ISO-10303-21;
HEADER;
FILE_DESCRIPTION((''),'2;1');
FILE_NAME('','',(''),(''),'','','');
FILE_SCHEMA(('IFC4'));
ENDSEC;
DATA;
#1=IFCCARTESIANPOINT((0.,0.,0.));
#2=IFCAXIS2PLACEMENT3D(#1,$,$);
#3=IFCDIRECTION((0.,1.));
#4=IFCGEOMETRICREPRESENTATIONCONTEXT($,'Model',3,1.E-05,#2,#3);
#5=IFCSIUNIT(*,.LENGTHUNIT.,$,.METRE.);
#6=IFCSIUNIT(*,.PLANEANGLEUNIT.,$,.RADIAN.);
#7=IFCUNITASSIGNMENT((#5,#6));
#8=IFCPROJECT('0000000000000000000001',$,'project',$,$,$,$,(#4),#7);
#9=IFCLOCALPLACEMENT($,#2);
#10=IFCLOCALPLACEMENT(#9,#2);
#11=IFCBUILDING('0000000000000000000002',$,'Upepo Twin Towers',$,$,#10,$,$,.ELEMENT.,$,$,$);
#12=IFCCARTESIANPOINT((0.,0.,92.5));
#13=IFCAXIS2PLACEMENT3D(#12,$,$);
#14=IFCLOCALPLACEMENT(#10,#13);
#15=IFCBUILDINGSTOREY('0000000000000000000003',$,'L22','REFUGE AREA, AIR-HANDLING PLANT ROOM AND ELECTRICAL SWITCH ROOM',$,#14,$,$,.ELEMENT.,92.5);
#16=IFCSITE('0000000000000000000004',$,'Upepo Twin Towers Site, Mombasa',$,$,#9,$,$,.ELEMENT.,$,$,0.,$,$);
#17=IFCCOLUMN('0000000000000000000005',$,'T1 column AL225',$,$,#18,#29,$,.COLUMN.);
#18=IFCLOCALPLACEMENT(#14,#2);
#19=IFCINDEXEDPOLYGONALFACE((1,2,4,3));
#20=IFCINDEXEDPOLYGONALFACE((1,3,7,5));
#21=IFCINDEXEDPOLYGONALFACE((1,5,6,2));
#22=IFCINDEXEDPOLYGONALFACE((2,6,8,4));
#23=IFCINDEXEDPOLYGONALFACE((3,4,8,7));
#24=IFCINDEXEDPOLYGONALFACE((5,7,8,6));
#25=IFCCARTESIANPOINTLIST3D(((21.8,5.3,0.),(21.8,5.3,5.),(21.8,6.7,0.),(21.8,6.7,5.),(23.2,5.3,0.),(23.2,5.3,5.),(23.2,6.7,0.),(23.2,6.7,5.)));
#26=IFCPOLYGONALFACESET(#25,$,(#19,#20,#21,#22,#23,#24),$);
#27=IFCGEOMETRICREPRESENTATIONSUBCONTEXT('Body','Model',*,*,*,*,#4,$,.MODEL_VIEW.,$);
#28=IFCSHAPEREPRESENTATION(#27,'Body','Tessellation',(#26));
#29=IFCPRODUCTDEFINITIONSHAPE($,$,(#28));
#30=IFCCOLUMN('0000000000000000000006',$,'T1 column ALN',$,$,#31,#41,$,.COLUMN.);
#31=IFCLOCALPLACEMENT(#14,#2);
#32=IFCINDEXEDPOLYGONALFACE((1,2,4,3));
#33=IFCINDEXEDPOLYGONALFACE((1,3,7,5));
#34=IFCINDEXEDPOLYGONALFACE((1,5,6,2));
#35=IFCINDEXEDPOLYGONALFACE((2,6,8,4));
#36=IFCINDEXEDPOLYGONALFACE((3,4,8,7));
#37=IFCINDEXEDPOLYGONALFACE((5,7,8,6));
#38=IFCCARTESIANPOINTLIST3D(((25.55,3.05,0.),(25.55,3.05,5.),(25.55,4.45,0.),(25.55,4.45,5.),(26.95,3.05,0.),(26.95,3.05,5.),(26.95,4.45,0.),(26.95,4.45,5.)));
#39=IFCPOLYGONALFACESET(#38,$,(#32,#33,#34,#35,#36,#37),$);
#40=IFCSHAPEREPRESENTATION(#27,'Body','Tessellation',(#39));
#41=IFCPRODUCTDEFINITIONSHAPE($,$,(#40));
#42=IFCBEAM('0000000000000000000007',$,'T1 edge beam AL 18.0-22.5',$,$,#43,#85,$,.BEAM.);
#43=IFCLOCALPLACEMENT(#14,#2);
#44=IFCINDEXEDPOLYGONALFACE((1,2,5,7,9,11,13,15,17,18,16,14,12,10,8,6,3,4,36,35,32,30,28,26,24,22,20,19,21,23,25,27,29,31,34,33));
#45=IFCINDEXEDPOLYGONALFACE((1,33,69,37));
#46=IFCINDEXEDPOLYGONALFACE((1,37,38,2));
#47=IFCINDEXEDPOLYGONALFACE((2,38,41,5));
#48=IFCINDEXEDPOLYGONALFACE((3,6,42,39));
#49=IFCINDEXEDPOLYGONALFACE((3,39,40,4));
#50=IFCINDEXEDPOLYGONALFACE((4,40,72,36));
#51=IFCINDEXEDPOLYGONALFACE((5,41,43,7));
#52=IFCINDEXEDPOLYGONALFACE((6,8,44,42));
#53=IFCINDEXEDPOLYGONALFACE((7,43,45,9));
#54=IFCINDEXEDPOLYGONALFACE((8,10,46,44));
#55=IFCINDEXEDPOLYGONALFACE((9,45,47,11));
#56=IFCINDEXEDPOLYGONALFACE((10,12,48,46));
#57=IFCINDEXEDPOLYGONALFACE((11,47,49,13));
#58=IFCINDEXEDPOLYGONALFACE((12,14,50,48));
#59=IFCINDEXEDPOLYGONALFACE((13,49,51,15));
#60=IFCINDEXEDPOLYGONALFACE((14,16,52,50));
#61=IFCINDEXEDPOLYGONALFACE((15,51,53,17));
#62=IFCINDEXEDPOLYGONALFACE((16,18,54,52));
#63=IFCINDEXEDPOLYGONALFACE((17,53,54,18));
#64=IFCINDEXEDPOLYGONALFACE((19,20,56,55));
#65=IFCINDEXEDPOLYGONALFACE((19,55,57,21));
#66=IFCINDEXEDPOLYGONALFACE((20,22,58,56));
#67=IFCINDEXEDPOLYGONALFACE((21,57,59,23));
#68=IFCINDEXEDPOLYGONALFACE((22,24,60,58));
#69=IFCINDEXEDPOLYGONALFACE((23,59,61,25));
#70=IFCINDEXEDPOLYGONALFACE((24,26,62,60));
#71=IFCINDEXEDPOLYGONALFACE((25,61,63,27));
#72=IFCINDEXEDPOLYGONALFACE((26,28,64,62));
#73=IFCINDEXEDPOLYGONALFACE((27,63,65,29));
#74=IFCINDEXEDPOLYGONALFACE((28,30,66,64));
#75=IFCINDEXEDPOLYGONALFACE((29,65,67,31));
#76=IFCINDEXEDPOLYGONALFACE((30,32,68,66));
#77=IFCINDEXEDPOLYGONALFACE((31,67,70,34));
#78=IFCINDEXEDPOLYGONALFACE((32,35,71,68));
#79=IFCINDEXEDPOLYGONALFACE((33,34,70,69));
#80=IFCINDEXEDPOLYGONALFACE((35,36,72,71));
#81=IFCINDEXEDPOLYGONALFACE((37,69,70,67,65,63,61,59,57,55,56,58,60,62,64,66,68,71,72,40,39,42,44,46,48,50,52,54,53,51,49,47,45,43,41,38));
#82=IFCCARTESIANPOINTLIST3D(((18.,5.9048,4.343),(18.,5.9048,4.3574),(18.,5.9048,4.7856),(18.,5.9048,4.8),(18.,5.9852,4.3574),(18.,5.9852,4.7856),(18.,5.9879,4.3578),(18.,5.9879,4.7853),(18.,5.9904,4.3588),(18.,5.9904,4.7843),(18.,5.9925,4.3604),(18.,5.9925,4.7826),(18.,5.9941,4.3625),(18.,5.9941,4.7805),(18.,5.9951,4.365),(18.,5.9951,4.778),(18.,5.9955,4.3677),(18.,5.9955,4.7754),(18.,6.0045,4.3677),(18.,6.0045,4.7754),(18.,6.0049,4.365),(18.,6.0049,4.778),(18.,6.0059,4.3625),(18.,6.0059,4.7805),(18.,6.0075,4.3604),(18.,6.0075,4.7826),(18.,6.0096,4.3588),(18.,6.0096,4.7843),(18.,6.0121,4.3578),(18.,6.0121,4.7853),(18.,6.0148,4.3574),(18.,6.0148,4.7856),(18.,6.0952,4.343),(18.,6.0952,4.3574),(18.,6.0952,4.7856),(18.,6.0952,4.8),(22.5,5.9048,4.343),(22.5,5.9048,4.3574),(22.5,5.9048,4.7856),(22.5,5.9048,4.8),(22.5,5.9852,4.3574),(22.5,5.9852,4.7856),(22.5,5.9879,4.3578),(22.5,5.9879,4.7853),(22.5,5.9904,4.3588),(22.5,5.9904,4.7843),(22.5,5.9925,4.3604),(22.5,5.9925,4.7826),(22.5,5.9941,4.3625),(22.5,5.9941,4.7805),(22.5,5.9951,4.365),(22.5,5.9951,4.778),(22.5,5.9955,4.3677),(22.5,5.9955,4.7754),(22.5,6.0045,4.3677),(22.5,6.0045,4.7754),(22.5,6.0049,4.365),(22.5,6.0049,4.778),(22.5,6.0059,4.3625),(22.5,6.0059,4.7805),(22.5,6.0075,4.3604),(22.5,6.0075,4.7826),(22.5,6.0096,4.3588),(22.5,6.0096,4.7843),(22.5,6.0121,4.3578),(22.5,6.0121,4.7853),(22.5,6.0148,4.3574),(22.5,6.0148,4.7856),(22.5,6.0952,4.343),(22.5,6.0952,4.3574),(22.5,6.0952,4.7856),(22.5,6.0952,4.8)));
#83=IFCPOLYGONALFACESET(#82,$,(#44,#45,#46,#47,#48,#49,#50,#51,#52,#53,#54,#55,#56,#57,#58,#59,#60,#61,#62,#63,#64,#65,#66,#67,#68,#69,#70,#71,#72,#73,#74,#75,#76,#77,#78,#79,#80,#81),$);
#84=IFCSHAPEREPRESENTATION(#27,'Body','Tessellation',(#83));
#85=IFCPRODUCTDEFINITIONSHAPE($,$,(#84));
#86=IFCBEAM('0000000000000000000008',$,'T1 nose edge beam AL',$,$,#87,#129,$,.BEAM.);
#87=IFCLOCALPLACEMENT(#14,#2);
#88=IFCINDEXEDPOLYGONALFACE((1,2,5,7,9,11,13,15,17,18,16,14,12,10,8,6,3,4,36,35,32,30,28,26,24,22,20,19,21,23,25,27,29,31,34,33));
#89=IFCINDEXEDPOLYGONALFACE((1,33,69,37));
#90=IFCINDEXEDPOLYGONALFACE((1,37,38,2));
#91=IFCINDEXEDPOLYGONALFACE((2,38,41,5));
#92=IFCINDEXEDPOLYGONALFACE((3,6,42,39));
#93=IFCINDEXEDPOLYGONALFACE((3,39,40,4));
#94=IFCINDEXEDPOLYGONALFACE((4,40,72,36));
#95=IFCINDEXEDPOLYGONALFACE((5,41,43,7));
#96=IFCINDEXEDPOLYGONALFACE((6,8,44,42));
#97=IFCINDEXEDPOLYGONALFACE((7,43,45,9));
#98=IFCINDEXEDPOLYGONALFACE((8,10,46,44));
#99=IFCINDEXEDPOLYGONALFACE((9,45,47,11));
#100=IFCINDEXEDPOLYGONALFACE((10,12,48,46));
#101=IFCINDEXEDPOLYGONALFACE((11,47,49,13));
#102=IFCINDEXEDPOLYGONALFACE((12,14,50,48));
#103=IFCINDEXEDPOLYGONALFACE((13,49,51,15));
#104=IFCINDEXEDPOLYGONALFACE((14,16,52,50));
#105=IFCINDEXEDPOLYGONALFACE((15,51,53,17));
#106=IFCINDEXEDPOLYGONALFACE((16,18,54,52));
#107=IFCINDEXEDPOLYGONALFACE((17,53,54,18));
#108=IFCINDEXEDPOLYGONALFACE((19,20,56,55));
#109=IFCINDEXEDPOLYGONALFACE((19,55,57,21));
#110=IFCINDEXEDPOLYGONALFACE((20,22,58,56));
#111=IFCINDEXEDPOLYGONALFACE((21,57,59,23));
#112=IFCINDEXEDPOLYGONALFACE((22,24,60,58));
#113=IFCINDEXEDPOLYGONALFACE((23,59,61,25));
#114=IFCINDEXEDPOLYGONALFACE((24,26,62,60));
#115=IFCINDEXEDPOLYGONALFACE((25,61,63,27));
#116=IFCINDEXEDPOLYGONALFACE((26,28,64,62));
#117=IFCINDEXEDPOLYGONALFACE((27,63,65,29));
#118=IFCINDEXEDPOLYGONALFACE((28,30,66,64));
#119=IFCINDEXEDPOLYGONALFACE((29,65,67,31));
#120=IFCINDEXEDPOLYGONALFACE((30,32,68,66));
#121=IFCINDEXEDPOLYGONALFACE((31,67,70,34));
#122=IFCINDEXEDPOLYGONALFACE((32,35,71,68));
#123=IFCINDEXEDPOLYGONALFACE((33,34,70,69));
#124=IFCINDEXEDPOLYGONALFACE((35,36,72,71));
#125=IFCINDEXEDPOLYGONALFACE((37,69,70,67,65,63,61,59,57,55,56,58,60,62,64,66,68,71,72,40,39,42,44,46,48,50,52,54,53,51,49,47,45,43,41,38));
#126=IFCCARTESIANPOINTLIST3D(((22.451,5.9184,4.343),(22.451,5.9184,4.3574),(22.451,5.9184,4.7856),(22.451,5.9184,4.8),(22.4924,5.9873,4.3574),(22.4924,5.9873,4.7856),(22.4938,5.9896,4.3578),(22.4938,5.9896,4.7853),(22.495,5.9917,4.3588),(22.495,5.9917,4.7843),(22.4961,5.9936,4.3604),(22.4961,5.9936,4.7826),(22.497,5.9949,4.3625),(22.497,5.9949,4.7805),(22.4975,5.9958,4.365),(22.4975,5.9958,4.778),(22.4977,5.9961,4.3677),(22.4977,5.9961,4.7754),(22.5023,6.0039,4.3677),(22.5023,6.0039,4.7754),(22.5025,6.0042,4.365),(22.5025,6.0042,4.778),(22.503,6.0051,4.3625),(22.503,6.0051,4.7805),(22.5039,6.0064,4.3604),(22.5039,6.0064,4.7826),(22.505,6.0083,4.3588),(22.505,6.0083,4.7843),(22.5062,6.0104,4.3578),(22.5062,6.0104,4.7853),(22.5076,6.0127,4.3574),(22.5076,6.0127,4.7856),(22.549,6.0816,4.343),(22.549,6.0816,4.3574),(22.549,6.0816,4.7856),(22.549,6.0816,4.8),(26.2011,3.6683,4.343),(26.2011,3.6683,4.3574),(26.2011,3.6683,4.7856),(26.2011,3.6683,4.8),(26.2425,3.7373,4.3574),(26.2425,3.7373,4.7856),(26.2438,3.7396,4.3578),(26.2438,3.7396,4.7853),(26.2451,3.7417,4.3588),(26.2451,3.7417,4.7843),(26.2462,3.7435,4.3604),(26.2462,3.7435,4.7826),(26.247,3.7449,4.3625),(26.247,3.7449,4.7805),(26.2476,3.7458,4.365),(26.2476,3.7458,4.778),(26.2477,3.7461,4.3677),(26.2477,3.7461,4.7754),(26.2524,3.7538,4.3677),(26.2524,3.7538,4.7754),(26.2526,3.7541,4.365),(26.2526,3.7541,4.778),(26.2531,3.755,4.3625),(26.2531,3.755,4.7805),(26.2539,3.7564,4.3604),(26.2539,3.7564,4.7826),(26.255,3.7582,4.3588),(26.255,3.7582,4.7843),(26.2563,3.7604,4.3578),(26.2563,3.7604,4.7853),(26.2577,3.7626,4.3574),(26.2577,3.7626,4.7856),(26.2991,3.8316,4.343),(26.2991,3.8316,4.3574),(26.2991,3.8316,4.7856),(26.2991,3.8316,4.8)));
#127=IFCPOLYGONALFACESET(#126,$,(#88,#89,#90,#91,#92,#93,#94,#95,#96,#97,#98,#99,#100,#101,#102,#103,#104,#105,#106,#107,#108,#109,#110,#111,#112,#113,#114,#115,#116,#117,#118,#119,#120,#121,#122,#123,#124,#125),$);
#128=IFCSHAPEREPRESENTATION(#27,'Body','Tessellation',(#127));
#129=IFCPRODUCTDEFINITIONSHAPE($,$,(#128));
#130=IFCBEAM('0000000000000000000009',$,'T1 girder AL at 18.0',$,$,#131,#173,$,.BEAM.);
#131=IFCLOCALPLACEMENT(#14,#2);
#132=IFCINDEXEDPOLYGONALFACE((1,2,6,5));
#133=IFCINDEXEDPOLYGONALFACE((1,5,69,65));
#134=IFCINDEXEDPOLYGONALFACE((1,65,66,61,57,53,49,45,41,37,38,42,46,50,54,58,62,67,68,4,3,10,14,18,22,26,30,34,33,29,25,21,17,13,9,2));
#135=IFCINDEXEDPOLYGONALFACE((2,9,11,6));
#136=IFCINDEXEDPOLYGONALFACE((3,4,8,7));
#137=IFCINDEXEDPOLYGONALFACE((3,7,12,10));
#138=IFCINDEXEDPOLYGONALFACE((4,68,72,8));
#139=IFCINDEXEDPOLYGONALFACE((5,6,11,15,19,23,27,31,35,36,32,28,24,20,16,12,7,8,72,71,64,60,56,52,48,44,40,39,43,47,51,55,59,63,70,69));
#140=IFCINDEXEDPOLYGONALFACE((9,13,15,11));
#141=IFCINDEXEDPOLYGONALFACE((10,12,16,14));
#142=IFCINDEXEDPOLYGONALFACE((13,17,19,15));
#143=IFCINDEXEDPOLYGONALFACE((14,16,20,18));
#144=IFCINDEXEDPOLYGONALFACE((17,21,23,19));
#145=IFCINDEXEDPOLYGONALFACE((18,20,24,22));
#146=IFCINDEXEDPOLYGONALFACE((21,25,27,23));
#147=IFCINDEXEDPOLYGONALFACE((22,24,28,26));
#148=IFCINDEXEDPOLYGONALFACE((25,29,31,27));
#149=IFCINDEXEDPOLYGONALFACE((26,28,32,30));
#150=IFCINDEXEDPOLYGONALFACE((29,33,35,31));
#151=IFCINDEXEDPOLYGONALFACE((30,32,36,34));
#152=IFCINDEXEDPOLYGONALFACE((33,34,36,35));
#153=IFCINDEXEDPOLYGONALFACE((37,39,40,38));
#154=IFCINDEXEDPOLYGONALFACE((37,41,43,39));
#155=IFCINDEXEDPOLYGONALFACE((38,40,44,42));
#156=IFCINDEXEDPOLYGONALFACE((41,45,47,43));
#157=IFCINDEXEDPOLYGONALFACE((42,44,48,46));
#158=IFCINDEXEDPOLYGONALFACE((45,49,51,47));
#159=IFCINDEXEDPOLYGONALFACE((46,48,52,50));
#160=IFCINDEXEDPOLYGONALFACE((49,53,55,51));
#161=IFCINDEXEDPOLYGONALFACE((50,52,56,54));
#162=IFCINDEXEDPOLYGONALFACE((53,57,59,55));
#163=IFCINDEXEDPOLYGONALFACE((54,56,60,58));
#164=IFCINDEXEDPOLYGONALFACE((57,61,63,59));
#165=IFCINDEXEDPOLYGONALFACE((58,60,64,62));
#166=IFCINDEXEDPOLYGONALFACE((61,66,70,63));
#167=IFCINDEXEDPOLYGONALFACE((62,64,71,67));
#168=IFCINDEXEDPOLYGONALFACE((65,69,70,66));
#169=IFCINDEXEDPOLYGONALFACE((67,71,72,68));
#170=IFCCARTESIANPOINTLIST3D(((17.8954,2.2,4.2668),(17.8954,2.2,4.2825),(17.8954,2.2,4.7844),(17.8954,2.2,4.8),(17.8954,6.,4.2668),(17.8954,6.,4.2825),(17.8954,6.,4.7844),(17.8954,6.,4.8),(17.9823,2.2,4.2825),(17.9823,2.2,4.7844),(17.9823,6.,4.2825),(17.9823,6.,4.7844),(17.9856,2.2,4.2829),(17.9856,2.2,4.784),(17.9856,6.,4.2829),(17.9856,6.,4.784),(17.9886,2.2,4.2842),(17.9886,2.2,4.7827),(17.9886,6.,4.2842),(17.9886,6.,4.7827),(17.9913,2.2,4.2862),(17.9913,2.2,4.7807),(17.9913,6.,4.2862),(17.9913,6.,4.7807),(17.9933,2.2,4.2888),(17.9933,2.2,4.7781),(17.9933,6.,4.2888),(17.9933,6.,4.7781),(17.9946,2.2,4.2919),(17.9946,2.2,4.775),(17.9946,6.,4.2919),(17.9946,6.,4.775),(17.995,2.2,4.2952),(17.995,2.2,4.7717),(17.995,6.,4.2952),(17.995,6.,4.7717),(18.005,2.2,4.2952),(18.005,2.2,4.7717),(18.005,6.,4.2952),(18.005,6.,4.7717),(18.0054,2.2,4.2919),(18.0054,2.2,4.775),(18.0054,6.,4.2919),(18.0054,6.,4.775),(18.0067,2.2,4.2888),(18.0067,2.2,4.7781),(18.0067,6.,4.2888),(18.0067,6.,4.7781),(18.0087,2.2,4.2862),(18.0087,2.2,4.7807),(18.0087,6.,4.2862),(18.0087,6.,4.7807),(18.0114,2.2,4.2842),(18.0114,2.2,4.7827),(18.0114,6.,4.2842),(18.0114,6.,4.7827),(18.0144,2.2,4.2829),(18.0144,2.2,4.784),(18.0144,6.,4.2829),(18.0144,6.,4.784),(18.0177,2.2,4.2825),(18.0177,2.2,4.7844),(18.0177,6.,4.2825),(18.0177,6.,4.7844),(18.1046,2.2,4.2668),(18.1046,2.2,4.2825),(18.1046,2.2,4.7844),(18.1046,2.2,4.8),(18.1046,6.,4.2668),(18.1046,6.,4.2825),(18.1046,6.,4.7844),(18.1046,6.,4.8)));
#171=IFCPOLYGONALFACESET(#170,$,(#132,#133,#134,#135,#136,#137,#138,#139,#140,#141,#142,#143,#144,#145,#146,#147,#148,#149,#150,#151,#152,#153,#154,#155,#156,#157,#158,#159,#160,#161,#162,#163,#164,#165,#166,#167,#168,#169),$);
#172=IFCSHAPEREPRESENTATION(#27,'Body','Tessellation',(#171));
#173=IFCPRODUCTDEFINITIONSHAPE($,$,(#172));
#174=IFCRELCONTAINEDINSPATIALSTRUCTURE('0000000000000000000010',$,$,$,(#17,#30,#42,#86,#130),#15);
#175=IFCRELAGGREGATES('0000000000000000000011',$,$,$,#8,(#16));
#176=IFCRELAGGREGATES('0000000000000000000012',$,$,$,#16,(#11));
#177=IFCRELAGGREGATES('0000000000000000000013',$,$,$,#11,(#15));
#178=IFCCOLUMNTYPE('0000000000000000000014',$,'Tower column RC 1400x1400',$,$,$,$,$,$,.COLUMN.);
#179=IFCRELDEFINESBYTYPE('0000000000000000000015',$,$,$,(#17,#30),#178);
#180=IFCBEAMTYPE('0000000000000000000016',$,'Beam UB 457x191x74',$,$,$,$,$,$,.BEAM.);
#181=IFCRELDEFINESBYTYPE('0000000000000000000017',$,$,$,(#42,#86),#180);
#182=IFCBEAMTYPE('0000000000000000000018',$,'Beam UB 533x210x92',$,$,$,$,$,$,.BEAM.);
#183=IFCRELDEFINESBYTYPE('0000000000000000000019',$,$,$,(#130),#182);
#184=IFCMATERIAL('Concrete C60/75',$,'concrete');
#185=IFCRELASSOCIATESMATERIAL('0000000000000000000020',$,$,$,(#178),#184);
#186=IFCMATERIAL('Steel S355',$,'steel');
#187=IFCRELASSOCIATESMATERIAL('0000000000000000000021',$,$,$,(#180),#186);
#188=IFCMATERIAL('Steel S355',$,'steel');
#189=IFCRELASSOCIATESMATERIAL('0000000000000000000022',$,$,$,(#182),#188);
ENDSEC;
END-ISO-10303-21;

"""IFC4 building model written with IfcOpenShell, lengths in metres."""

from ifc_helpers import new_model, si_unit, direction, frame, origin, origin_2d, place, context, subcontext, project, spatial, rectangle, i_section, extrude, material, material_profile, profile_set, type_object, element, save


model = new_model("IFC4")

# Units and contexts
model_context = context("Model", 3, precision=1e-05, world=origin(), true_north=direction((0.0, 1.0)))
body_context = subcontext(model_context, "Body", "Model", "MODEL_VIEW")
ifc_project = project(units=[si_unit("LENGTHUNIT", "METRE"), si_unit("PLANEANGLEUNIT", "RADIAN")], contexts=[model_context])

# Site, building, storey
site_placement = place(None, origin())
site = spatial("IfcSite", under=ifc_project, at=site_placement, Name="Upepo Twin Towers Site, Mombasa", CompositionType="ELEMENT", RefElevation=0.0)
building_placement = place(site_placement, origin())
building = spatial("IfcBuilding", under=site, at=building_placement, Name="Upepo Twin Towers", CompositionType="ELEMENT")
storey_placement = place(building_placement, frame((0.0, 0.0, 92.5)))
storey = spatial("IfcBuildingStorey", under=building, at=storey_placement, Name="L22", Description="REFUGE AREA, AIR-HANDLING PLANT ROOM AND ELECTRICAL SWITCH ROOM", CompositionType="ELEMENT", Elevation=92.5)

# Columns
ifc_material_1 = material(Name="Concrete C60/75", Category="concrete")
ifc_material_profile_1 = material_profile(ifc_material_1, rectangle(XDim=1.3999, YDim=1.3999, at=origin_2d()), Name="RC 1400x1400")
ifc_profile_set_1 = profile_set([ifc_material_profile_1], Name="Concrete C60/75")
column_type = type_object("IfcColumnType", Name="Tower column RC 1400x1400", PredefinedType="COLUMN", material=ifc_profile_set_1)
for number, where, z_axis, x_axis, name in (
    (1, (22.5, 6.0, 0.0), (0.0, 0.0, 1.0), (1.0, 0.0, 0.0), "T1 column AL225"),
    (2, (26.25, 3.75, 0.0), (0.0, 0.0, 1.0), (1.0, 0.0, 0.0), "T1 column ALN"),
):
    element("IfcColumn", number, at=place(storey_placement, frame(where, z_axis=z_axis, x_axis=x_axis)), inside=storey, type_object=column_type, Name=name, PredefinedType="COLUMN", context=body_context, shape_type="SweptSolid", body=[
        extrude(rectangle(XDim=1.3999, YDim=1.3999, at=origin_2d()), origin(), (0.0, 0.0, 1.0), 5.0),
    ])

# Beams
ifc_material_2 = material(Name="Steel S355", Category="steel")
ifc_material_profile_2 = material_profile(ifc_material_2, i_section(OverallWidth=0.1904, OverallDepth=0.457, WebThickness=0.009, FlangeThickness=0.0144, FilletRadius=0.0103, at=origin_2d()), Name="UB 457x191x74")
ifc_profile_set_2 = profile_set([ifc_material_profile_2], Name="Steel S355")
beam_type_1 = type_object("IfcBeamType", Name="Beam UB 457x191x74", PredefinedType="BEAM", material=ifc_profile_set_2)
beam_1_placement = place(storey_placement, frame((18.0, 6.0, 4.5715), z_axis=(1.0, 0.0, 0.0), x_axis=(0.0, 1.0, 0.0)))
element("IfcBeam", 3, at=beam_1_placement, inside=storey, type_object=beam_type_1, Name="T1 edge beam AL 18.0-22.5", PredefinedType="BEAM", context=body_context, shape_type="SweptSolid", body=[
    extrude(i_section(OverallWidth=0.1904, OverallDepth=0.457, WebThickness=0.009, FlangeThickness=0.0144, FilletRadius=0.0103, at=origin_2d()), origin(), (0.0, 0.0, 1.0), 4.5),
])
beam_2_placement = place(storey_placement, frame((22.5, 6.0, 4.5715), z_axis=(0.857493, -0.514496, 0.0), x_axis=(0.514496, 0.857493, 0.0)))
element("IfcBeam", 4, at=beam_2_placement, inside=storey, type_object=beam_type_1, Name="T1 nose edge beam AL", PredefinedType="BEAM", context=body_context, shape_type="SweptSolid", body=[
    extrude(i_section(OverallWidth=0.1904, OverallDepth=0.457, WebThickness=0.009, FlangeThickness=0.0144, FilletRadius=0.0103, at=origin_2d()), origin(), (0.0, 0.0, 1.0), 4.3733),
])
ifc_material_3 = material(Name="Steel S355", Category="steel")
ifc_material_profile_3 = material_profile(ifc_material_3, i_section(OverallWidth=0.2092, OverallDepth=0.5332, WebThickness=0.01, FlangeThickness=0.0156, FilletRadius=0.0127, at=origin_2d()), Name="UB 533x210x92")
ifc_profile_set_3 = profile_set([ifc_material_profile_3], Name="Steel S355")
beam_type_2 = type_object("IfcBeamType", Name="Beam UB 533x210x92", PredefinedType="BEAM", material=ifc_profile_set_3)
for number, where, z_axis, x_axis, name in (
    (5, (18.0, 6.0, 4.5334), (0.0, -1.0, 0.0), (1.0, 0.0, 0.0), "T1 girder AL at 18.0"),
):
    element("IfcBeam", number, at=place(storey_placement, frame(where, z_axis=z_axis, x_axis=x_axis)), inside=storey, type_object=beam_type_2, Name=name, PredefinedType="BEAM", context=body_context, shape_type="SweptSolid", body=[
        extrude(i_section(OverallWidth=0.2092, OverallDepth=0.5332, WebThickness=0.01, FlangeThickness=0.0156, FilletRadius=0.0127, at=origin_2d()), origin(), (0.0, 0.0, 1.0), 3.8),
    ])

save(model, "model.ifc")
